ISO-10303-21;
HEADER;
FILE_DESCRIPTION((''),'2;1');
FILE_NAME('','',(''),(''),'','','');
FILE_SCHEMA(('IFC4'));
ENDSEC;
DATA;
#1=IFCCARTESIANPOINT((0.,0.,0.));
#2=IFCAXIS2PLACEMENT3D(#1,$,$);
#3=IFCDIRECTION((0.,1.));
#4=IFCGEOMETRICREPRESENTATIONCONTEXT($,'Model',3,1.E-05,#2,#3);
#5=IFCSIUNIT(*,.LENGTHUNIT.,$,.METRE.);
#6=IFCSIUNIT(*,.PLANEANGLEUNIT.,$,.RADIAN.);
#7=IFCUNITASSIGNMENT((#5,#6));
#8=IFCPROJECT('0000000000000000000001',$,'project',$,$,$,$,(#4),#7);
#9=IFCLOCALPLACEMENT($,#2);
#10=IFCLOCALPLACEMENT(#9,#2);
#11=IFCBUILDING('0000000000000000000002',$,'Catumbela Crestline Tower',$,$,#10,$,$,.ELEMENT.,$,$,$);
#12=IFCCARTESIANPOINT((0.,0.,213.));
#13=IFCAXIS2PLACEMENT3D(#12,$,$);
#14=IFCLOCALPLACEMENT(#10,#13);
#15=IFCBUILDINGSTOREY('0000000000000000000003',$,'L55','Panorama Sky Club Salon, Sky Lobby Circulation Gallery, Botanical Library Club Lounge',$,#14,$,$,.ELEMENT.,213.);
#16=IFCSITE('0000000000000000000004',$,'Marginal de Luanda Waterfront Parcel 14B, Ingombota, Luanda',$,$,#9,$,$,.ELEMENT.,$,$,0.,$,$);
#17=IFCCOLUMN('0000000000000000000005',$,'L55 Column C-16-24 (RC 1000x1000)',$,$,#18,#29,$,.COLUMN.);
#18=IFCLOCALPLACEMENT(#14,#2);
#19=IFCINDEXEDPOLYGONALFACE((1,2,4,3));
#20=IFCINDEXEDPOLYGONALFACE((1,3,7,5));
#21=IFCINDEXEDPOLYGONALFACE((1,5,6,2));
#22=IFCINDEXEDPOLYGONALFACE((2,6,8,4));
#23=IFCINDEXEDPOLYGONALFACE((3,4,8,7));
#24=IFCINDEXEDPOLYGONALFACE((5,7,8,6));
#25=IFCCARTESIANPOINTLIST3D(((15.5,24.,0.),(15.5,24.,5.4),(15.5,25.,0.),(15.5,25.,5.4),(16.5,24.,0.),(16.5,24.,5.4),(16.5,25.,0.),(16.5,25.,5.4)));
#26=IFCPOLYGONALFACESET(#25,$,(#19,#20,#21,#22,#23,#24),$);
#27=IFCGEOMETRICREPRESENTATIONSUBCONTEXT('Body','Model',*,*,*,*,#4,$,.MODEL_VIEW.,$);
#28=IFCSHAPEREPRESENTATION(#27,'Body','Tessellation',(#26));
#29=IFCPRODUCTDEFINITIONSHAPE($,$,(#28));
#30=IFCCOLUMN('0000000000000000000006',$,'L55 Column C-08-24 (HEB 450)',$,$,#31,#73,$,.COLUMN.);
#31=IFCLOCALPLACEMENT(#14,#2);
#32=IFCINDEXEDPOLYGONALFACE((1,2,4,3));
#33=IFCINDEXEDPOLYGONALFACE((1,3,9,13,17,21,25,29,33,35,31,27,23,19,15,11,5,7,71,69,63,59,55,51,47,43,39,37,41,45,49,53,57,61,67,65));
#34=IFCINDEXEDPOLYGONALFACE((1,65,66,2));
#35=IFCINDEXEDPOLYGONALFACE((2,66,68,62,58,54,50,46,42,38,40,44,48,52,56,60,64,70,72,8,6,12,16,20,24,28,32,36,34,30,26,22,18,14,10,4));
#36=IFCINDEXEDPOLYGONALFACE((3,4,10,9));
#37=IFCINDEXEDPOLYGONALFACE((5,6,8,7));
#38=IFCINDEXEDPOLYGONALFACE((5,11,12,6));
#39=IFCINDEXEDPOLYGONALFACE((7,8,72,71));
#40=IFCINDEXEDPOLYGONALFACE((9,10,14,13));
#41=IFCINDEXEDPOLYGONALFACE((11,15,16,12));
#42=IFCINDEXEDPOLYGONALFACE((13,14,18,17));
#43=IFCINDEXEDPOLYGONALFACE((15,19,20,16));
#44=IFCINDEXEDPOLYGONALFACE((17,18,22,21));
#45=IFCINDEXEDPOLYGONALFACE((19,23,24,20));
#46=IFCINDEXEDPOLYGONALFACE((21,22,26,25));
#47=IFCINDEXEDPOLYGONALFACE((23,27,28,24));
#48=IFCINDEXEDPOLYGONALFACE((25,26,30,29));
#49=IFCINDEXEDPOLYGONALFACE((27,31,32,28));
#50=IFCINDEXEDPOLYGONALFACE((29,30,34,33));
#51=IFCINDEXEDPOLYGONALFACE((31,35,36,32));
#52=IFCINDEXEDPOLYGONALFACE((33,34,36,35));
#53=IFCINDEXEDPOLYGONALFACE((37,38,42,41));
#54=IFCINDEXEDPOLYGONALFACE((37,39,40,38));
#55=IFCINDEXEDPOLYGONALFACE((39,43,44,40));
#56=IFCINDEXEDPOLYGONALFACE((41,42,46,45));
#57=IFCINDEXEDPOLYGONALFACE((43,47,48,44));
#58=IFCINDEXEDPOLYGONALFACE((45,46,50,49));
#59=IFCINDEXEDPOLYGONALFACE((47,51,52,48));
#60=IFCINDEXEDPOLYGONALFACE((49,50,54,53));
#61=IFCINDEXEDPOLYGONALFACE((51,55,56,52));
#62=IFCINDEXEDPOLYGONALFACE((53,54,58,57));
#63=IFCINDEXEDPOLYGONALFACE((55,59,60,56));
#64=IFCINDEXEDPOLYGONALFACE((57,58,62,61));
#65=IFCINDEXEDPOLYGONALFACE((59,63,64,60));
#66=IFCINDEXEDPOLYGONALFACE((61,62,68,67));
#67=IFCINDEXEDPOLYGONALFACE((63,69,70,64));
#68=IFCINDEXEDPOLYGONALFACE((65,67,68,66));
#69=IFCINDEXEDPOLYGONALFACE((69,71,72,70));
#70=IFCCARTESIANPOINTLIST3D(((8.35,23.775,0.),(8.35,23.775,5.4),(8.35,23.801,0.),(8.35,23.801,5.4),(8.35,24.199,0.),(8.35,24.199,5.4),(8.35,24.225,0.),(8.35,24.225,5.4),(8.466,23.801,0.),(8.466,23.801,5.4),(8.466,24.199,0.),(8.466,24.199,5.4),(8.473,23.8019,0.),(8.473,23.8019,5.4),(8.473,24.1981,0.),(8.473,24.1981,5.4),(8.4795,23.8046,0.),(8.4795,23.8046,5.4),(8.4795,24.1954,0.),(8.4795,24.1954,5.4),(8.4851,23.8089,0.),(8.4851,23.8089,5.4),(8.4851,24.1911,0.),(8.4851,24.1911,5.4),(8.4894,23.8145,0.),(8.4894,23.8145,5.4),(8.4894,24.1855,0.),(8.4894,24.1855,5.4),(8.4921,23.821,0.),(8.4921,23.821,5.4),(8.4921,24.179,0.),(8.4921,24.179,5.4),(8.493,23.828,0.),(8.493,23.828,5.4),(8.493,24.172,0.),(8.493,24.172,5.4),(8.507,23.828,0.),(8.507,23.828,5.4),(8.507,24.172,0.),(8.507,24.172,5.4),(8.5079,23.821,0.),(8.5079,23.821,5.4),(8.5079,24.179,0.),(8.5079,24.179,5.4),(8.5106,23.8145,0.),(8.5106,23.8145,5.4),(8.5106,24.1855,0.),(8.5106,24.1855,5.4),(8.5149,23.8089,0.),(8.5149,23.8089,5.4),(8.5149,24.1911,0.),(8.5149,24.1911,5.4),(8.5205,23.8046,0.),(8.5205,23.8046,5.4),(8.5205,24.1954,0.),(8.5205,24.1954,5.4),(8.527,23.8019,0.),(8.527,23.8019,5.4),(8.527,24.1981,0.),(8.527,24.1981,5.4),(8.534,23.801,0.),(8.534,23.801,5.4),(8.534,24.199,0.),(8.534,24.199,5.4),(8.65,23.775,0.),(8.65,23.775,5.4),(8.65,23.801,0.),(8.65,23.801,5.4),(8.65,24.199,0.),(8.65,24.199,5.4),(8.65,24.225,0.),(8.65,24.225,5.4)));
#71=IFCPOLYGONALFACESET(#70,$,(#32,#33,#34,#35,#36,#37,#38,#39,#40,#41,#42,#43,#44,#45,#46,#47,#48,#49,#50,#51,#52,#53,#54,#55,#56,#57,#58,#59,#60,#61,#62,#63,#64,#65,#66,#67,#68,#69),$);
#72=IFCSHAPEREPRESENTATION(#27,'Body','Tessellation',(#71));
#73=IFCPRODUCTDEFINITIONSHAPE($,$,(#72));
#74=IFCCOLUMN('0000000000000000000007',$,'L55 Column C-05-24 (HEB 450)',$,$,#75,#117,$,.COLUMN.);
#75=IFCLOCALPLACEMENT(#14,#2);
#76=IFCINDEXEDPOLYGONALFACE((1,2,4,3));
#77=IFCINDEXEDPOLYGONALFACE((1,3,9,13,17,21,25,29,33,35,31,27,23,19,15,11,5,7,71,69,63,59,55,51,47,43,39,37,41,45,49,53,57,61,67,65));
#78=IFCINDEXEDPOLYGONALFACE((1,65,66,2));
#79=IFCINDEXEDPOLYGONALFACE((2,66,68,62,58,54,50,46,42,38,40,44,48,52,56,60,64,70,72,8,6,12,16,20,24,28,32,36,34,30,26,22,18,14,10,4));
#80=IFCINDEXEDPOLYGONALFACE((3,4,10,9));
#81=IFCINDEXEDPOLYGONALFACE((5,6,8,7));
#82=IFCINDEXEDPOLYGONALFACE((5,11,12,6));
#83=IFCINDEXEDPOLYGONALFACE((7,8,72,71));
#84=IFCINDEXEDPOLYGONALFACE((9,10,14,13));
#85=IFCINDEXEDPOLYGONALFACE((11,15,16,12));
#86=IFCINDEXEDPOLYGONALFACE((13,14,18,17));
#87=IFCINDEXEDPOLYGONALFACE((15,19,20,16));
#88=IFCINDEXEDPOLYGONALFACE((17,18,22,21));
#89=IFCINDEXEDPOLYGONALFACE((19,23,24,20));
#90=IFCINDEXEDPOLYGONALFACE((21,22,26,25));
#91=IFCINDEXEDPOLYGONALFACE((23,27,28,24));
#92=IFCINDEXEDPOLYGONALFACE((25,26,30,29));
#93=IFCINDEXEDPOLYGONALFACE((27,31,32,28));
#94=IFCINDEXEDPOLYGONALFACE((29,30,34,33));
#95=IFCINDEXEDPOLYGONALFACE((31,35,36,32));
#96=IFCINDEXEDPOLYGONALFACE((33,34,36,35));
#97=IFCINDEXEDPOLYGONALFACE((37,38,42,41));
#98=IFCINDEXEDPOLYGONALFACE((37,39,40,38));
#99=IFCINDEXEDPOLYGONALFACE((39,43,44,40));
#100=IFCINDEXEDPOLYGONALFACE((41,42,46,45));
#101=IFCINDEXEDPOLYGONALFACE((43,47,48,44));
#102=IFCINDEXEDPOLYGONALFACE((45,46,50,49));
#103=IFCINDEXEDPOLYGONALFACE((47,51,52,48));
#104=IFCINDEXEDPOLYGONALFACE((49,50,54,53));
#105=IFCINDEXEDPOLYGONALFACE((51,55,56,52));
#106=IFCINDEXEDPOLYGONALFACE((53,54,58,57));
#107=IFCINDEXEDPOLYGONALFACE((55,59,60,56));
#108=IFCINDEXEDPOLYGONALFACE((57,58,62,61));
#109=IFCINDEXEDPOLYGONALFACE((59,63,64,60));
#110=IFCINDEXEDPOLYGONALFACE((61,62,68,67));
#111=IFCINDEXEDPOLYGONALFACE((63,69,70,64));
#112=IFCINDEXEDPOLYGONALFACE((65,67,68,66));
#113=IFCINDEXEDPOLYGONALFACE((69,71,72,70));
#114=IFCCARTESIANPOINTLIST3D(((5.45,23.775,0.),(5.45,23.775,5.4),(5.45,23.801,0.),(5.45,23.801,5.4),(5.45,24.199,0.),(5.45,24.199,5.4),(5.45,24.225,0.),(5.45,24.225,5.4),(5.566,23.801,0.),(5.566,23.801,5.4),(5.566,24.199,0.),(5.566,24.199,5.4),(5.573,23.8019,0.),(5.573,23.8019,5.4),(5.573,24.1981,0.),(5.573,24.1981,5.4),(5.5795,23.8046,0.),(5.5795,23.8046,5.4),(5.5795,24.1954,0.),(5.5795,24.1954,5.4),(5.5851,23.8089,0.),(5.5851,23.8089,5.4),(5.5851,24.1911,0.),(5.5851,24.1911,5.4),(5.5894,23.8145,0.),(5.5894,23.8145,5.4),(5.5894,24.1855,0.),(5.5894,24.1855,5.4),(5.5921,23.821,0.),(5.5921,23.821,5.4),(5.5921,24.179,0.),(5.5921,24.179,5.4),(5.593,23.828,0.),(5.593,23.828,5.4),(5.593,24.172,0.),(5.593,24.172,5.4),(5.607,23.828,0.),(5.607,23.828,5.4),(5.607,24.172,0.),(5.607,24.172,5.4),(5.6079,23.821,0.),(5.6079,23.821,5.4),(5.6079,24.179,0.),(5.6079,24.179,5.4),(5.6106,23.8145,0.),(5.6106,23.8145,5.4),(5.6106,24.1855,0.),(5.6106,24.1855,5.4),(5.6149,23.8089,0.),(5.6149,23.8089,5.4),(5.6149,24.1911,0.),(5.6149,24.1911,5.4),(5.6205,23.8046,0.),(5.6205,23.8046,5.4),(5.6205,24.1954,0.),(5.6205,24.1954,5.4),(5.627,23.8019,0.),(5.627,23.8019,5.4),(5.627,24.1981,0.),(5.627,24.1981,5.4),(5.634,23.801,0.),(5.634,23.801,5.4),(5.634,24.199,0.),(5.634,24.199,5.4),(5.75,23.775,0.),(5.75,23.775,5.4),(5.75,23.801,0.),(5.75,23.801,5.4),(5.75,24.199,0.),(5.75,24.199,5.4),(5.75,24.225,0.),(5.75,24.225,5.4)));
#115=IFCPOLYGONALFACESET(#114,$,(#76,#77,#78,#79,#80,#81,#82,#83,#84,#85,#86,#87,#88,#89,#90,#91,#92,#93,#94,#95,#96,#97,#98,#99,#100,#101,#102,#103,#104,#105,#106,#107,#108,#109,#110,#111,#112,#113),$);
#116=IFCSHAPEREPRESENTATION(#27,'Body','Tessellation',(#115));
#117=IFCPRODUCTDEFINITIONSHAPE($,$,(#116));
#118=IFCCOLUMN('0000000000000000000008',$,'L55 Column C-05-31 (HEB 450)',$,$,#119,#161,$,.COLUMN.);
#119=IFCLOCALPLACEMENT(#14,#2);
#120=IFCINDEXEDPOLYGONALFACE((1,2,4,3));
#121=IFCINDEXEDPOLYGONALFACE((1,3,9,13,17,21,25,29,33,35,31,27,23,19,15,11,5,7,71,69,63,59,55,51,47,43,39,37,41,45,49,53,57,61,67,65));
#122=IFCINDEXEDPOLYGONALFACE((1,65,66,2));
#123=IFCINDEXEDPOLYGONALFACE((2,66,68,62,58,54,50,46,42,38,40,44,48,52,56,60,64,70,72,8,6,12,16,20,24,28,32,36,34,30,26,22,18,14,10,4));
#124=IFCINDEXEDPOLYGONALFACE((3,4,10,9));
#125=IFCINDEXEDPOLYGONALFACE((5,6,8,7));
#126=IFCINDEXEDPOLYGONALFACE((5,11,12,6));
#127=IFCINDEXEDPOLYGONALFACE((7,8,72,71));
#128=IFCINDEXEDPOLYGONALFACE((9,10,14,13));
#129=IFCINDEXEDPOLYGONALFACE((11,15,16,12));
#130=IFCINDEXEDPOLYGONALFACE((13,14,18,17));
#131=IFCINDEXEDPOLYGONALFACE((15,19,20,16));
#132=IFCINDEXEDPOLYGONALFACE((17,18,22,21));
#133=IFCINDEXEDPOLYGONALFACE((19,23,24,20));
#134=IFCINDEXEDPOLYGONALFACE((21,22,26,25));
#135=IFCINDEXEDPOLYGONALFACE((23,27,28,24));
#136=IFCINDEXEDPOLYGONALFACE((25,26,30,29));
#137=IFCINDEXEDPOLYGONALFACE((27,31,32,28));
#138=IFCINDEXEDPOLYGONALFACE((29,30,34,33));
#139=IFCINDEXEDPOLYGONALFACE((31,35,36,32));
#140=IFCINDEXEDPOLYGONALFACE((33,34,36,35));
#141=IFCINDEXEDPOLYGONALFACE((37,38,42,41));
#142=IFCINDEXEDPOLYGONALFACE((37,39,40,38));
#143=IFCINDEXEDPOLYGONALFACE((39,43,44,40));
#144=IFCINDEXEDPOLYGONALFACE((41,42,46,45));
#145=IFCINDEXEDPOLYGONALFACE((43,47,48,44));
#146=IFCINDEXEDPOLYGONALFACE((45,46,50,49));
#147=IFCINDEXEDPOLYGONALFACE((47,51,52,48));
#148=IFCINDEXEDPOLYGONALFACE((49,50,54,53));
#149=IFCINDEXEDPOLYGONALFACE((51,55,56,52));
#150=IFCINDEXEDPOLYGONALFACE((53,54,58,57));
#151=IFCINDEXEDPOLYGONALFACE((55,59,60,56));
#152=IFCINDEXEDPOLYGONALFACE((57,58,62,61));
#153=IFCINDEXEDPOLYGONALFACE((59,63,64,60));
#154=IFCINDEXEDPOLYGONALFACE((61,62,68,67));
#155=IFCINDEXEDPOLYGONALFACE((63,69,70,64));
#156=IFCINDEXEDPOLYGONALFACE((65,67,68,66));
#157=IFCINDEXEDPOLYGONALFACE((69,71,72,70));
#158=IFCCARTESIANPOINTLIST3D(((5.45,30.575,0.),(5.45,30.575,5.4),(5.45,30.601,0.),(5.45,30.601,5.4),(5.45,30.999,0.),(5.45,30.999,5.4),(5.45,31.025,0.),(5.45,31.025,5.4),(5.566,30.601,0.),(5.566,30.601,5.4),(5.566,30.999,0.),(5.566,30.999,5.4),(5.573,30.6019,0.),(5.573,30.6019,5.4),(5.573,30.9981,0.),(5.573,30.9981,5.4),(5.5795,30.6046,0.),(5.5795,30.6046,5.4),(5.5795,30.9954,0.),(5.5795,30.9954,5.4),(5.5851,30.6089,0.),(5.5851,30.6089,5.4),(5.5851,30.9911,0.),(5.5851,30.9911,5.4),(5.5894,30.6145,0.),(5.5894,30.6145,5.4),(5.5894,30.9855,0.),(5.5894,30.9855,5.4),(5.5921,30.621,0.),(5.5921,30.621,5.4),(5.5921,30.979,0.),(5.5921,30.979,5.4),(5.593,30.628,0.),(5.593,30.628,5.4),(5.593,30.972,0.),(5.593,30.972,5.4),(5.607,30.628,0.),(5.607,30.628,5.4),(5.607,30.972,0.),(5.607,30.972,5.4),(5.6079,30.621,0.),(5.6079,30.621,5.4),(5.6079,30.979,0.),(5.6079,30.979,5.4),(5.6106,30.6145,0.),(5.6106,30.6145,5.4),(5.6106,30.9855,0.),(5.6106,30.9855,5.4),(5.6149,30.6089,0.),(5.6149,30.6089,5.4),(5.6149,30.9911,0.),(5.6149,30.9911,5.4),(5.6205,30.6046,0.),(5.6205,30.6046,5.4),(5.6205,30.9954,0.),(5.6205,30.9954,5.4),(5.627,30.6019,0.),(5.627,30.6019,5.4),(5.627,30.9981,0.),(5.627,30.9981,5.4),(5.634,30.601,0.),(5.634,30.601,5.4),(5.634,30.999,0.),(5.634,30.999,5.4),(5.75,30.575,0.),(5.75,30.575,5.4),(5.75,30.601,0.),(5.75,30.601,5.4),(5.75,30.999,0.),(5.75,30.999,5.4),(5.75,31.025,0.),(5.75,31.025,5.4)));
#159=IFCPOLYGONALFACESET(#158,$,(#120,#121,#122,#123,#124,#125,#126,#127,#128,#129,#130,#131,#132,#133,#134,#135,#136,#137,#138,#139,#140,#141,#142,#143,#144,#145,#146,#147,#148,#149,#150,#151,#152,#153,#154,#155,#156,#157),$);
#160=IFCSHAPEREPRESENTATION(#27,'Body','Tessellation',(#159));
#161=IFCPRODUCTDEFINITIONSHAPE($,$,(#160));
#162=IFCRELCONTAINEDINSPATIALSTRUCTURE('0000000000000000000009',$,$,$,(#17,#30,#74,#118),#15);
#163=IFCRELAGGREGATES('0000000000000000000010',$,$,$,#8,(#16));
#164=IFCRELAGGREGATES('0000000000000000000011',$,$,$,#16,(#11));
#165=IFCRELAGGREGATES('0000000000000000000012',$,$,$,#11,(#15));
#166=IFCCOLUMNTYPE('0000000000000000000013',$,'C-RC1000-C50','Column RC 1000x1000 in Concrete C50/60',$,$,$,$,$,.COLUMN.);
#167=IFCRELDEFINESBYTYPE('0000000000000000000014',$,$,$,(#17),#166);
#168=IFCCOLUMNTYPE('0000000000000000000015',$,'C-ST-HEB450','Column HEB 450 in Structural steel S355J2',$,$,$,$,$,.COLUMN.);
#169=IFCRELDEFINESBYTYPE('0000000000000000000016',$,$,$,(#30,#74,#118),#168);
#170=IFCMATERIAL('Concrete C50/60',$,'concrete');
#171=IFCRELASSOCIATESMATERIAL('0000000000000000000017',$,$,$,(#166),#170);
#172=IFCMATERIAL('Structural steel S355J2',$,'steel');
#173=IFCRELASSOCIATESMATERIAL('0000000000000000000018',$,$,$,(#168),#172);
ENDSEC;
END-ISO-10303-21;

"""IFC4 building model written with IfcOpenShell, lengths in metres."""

from ifc_helpers import new_model, si_unit, direction, frame, origin, origin_2d, place, context, subcontext, project, spatial, rectangle, i_section, extrude, material, material_profile, profile_set, type_object, element, save


model = new_model("IFC4")

# Units and contexts
model_context = context("Model", 3, precision=1e-05, world=origin(), true_north=direction((0.0, 1.0)))
body_context = subcontext(model_context, "Body", "Model", "MODEL_VIEW")
ifc_project = project(units=[si_unit("LENGTHUNIT", "METRE"), si_unit("PLANEANGLEUNIT", "RADIAN")], contexts=[model_context])

# Site, building, storey
site_placement = place(None, origin())
site = spatial("IfcSite", under=ifc_project, at=site_placement, Name="Marginal de Luanda Waterfront Parcel 14B, Ingombota, Luanda", CompositionType="ELEMENT", RefElevation=0.0)
building_placement = place(site_placement, origin())
building = spatial("IfcBuilding", under=site, at=building_placement, Name="Catumbela Crestline Tower", CompositionType="ELEMENT")
storey_placement = place(building_placement, frame((0.0, 0.0, 213.0)))
storey = spatial("IfcBuildingStorey", under=building, at=storey_placement, Name="L55", Description="Panorama Sky Club Salon, Sky Lobby Circulation Gallery, Botanical Library Club Lounge", CompositionType="ELEMENT", Elevation=213.0)

# Columns
ifc_material_1 = material(Name="Concrete C50/60", Category="concrete")
ifc_material_profile_1 = material_profile(ifc_material_1, rectangle(XDim=1.0, YDim=1.0, at=origin_2d()), Name="RC 1000x1000")
ifc_profile_set_1 = profile_set([ifc_material_profile_1], Name="Concrete C50/60")
column_type_1 = type_object("IfcColumnType", Name="C-RC1000-C50", Description="Column RC 1000x1000 in Concrete C50/60", PredefinedType="COLUMN", material=ifc_profile_set_1)
column_placement = place(storey_placement, frame((16.0, 24.5, 0.0), z_axis=(0.0, 0.0, 1.0), x_axis=(1.0, 0.0, 0.0)))
element("IfcColumn", 1, at=column_placement, inside=storey, type_object=column_type_1, Name="L55 Column C-16-24 (RC 1000x1000)", PredefinedType="COLUMN", context=body_context, shape_type="SweptSolid", body=[
    extrude(rectangle(XDim=1.0, YDim=1.0, at=origin_2d()), origin(), (0.0, 0.0, 1.0), 5.4),
])
ifc_material_2 = material(Name="Structural steel S355J2", Category="steel")
ifc_material_profile_2 = material_profile(ifc_material_2, i_section(OverallWidth=0.3, OverallDepth=0.45, WebThickness=0.014, FlangeThickness=0.026, FilletRadius=0.027, at=origin_2d()), Name="HEB 450")
ifc_profile_set_2 = profile_set([ifc_material_profile_2], Name="Structural steel S355J2")
column_type_2 = type_object("IfcColumnType", Name="C-ST-HEB450", Description="Column HEB 450 in Structural steel S355J2", PredefinedType="COLUMN", material=ifc_profile_set_2)
for number, where, z_axis, x_axis, name in (
    (2, (8.5, 24.0, 0.0), (0.0, 0.0, 1.0), (1.0, 0.0, 0.0), "L55 Column C-08-24 (HEB 450)"),
    (3, (5.6, 24.0, 0.0), (0.0, 0.0, 1.0), (1.0, 0.0, 0.0), "L55 Column C-05-24 (HEB 450)"),
    (4, (5.6, 30.8, 0.0), (0.0, 0.0, 1.0), (1.0, 0.0, 0.0), "L55 Column C-05-31 (HEB 450)"),
):
    element("IfcColumn", number, at=place(storey_placement, frame(where, z_axis=z_axis, x_axis=x_axis)), inside=storey, type_object=column_type_2, Name=name, PredefinedType="COLUMN", context=body_context, shape_type="SweptSolid", body=[
        extrude(i_section(OverallWidth=0.3, OverallDepth=0.45, WebThickness=0.014, FlangeThickness=0.026, FilletRadius=0.027, at=origin_2d()), origin(), (0.0, 0.0, 1.0), 5.4),
    ])

save(model, "model.ifc")
